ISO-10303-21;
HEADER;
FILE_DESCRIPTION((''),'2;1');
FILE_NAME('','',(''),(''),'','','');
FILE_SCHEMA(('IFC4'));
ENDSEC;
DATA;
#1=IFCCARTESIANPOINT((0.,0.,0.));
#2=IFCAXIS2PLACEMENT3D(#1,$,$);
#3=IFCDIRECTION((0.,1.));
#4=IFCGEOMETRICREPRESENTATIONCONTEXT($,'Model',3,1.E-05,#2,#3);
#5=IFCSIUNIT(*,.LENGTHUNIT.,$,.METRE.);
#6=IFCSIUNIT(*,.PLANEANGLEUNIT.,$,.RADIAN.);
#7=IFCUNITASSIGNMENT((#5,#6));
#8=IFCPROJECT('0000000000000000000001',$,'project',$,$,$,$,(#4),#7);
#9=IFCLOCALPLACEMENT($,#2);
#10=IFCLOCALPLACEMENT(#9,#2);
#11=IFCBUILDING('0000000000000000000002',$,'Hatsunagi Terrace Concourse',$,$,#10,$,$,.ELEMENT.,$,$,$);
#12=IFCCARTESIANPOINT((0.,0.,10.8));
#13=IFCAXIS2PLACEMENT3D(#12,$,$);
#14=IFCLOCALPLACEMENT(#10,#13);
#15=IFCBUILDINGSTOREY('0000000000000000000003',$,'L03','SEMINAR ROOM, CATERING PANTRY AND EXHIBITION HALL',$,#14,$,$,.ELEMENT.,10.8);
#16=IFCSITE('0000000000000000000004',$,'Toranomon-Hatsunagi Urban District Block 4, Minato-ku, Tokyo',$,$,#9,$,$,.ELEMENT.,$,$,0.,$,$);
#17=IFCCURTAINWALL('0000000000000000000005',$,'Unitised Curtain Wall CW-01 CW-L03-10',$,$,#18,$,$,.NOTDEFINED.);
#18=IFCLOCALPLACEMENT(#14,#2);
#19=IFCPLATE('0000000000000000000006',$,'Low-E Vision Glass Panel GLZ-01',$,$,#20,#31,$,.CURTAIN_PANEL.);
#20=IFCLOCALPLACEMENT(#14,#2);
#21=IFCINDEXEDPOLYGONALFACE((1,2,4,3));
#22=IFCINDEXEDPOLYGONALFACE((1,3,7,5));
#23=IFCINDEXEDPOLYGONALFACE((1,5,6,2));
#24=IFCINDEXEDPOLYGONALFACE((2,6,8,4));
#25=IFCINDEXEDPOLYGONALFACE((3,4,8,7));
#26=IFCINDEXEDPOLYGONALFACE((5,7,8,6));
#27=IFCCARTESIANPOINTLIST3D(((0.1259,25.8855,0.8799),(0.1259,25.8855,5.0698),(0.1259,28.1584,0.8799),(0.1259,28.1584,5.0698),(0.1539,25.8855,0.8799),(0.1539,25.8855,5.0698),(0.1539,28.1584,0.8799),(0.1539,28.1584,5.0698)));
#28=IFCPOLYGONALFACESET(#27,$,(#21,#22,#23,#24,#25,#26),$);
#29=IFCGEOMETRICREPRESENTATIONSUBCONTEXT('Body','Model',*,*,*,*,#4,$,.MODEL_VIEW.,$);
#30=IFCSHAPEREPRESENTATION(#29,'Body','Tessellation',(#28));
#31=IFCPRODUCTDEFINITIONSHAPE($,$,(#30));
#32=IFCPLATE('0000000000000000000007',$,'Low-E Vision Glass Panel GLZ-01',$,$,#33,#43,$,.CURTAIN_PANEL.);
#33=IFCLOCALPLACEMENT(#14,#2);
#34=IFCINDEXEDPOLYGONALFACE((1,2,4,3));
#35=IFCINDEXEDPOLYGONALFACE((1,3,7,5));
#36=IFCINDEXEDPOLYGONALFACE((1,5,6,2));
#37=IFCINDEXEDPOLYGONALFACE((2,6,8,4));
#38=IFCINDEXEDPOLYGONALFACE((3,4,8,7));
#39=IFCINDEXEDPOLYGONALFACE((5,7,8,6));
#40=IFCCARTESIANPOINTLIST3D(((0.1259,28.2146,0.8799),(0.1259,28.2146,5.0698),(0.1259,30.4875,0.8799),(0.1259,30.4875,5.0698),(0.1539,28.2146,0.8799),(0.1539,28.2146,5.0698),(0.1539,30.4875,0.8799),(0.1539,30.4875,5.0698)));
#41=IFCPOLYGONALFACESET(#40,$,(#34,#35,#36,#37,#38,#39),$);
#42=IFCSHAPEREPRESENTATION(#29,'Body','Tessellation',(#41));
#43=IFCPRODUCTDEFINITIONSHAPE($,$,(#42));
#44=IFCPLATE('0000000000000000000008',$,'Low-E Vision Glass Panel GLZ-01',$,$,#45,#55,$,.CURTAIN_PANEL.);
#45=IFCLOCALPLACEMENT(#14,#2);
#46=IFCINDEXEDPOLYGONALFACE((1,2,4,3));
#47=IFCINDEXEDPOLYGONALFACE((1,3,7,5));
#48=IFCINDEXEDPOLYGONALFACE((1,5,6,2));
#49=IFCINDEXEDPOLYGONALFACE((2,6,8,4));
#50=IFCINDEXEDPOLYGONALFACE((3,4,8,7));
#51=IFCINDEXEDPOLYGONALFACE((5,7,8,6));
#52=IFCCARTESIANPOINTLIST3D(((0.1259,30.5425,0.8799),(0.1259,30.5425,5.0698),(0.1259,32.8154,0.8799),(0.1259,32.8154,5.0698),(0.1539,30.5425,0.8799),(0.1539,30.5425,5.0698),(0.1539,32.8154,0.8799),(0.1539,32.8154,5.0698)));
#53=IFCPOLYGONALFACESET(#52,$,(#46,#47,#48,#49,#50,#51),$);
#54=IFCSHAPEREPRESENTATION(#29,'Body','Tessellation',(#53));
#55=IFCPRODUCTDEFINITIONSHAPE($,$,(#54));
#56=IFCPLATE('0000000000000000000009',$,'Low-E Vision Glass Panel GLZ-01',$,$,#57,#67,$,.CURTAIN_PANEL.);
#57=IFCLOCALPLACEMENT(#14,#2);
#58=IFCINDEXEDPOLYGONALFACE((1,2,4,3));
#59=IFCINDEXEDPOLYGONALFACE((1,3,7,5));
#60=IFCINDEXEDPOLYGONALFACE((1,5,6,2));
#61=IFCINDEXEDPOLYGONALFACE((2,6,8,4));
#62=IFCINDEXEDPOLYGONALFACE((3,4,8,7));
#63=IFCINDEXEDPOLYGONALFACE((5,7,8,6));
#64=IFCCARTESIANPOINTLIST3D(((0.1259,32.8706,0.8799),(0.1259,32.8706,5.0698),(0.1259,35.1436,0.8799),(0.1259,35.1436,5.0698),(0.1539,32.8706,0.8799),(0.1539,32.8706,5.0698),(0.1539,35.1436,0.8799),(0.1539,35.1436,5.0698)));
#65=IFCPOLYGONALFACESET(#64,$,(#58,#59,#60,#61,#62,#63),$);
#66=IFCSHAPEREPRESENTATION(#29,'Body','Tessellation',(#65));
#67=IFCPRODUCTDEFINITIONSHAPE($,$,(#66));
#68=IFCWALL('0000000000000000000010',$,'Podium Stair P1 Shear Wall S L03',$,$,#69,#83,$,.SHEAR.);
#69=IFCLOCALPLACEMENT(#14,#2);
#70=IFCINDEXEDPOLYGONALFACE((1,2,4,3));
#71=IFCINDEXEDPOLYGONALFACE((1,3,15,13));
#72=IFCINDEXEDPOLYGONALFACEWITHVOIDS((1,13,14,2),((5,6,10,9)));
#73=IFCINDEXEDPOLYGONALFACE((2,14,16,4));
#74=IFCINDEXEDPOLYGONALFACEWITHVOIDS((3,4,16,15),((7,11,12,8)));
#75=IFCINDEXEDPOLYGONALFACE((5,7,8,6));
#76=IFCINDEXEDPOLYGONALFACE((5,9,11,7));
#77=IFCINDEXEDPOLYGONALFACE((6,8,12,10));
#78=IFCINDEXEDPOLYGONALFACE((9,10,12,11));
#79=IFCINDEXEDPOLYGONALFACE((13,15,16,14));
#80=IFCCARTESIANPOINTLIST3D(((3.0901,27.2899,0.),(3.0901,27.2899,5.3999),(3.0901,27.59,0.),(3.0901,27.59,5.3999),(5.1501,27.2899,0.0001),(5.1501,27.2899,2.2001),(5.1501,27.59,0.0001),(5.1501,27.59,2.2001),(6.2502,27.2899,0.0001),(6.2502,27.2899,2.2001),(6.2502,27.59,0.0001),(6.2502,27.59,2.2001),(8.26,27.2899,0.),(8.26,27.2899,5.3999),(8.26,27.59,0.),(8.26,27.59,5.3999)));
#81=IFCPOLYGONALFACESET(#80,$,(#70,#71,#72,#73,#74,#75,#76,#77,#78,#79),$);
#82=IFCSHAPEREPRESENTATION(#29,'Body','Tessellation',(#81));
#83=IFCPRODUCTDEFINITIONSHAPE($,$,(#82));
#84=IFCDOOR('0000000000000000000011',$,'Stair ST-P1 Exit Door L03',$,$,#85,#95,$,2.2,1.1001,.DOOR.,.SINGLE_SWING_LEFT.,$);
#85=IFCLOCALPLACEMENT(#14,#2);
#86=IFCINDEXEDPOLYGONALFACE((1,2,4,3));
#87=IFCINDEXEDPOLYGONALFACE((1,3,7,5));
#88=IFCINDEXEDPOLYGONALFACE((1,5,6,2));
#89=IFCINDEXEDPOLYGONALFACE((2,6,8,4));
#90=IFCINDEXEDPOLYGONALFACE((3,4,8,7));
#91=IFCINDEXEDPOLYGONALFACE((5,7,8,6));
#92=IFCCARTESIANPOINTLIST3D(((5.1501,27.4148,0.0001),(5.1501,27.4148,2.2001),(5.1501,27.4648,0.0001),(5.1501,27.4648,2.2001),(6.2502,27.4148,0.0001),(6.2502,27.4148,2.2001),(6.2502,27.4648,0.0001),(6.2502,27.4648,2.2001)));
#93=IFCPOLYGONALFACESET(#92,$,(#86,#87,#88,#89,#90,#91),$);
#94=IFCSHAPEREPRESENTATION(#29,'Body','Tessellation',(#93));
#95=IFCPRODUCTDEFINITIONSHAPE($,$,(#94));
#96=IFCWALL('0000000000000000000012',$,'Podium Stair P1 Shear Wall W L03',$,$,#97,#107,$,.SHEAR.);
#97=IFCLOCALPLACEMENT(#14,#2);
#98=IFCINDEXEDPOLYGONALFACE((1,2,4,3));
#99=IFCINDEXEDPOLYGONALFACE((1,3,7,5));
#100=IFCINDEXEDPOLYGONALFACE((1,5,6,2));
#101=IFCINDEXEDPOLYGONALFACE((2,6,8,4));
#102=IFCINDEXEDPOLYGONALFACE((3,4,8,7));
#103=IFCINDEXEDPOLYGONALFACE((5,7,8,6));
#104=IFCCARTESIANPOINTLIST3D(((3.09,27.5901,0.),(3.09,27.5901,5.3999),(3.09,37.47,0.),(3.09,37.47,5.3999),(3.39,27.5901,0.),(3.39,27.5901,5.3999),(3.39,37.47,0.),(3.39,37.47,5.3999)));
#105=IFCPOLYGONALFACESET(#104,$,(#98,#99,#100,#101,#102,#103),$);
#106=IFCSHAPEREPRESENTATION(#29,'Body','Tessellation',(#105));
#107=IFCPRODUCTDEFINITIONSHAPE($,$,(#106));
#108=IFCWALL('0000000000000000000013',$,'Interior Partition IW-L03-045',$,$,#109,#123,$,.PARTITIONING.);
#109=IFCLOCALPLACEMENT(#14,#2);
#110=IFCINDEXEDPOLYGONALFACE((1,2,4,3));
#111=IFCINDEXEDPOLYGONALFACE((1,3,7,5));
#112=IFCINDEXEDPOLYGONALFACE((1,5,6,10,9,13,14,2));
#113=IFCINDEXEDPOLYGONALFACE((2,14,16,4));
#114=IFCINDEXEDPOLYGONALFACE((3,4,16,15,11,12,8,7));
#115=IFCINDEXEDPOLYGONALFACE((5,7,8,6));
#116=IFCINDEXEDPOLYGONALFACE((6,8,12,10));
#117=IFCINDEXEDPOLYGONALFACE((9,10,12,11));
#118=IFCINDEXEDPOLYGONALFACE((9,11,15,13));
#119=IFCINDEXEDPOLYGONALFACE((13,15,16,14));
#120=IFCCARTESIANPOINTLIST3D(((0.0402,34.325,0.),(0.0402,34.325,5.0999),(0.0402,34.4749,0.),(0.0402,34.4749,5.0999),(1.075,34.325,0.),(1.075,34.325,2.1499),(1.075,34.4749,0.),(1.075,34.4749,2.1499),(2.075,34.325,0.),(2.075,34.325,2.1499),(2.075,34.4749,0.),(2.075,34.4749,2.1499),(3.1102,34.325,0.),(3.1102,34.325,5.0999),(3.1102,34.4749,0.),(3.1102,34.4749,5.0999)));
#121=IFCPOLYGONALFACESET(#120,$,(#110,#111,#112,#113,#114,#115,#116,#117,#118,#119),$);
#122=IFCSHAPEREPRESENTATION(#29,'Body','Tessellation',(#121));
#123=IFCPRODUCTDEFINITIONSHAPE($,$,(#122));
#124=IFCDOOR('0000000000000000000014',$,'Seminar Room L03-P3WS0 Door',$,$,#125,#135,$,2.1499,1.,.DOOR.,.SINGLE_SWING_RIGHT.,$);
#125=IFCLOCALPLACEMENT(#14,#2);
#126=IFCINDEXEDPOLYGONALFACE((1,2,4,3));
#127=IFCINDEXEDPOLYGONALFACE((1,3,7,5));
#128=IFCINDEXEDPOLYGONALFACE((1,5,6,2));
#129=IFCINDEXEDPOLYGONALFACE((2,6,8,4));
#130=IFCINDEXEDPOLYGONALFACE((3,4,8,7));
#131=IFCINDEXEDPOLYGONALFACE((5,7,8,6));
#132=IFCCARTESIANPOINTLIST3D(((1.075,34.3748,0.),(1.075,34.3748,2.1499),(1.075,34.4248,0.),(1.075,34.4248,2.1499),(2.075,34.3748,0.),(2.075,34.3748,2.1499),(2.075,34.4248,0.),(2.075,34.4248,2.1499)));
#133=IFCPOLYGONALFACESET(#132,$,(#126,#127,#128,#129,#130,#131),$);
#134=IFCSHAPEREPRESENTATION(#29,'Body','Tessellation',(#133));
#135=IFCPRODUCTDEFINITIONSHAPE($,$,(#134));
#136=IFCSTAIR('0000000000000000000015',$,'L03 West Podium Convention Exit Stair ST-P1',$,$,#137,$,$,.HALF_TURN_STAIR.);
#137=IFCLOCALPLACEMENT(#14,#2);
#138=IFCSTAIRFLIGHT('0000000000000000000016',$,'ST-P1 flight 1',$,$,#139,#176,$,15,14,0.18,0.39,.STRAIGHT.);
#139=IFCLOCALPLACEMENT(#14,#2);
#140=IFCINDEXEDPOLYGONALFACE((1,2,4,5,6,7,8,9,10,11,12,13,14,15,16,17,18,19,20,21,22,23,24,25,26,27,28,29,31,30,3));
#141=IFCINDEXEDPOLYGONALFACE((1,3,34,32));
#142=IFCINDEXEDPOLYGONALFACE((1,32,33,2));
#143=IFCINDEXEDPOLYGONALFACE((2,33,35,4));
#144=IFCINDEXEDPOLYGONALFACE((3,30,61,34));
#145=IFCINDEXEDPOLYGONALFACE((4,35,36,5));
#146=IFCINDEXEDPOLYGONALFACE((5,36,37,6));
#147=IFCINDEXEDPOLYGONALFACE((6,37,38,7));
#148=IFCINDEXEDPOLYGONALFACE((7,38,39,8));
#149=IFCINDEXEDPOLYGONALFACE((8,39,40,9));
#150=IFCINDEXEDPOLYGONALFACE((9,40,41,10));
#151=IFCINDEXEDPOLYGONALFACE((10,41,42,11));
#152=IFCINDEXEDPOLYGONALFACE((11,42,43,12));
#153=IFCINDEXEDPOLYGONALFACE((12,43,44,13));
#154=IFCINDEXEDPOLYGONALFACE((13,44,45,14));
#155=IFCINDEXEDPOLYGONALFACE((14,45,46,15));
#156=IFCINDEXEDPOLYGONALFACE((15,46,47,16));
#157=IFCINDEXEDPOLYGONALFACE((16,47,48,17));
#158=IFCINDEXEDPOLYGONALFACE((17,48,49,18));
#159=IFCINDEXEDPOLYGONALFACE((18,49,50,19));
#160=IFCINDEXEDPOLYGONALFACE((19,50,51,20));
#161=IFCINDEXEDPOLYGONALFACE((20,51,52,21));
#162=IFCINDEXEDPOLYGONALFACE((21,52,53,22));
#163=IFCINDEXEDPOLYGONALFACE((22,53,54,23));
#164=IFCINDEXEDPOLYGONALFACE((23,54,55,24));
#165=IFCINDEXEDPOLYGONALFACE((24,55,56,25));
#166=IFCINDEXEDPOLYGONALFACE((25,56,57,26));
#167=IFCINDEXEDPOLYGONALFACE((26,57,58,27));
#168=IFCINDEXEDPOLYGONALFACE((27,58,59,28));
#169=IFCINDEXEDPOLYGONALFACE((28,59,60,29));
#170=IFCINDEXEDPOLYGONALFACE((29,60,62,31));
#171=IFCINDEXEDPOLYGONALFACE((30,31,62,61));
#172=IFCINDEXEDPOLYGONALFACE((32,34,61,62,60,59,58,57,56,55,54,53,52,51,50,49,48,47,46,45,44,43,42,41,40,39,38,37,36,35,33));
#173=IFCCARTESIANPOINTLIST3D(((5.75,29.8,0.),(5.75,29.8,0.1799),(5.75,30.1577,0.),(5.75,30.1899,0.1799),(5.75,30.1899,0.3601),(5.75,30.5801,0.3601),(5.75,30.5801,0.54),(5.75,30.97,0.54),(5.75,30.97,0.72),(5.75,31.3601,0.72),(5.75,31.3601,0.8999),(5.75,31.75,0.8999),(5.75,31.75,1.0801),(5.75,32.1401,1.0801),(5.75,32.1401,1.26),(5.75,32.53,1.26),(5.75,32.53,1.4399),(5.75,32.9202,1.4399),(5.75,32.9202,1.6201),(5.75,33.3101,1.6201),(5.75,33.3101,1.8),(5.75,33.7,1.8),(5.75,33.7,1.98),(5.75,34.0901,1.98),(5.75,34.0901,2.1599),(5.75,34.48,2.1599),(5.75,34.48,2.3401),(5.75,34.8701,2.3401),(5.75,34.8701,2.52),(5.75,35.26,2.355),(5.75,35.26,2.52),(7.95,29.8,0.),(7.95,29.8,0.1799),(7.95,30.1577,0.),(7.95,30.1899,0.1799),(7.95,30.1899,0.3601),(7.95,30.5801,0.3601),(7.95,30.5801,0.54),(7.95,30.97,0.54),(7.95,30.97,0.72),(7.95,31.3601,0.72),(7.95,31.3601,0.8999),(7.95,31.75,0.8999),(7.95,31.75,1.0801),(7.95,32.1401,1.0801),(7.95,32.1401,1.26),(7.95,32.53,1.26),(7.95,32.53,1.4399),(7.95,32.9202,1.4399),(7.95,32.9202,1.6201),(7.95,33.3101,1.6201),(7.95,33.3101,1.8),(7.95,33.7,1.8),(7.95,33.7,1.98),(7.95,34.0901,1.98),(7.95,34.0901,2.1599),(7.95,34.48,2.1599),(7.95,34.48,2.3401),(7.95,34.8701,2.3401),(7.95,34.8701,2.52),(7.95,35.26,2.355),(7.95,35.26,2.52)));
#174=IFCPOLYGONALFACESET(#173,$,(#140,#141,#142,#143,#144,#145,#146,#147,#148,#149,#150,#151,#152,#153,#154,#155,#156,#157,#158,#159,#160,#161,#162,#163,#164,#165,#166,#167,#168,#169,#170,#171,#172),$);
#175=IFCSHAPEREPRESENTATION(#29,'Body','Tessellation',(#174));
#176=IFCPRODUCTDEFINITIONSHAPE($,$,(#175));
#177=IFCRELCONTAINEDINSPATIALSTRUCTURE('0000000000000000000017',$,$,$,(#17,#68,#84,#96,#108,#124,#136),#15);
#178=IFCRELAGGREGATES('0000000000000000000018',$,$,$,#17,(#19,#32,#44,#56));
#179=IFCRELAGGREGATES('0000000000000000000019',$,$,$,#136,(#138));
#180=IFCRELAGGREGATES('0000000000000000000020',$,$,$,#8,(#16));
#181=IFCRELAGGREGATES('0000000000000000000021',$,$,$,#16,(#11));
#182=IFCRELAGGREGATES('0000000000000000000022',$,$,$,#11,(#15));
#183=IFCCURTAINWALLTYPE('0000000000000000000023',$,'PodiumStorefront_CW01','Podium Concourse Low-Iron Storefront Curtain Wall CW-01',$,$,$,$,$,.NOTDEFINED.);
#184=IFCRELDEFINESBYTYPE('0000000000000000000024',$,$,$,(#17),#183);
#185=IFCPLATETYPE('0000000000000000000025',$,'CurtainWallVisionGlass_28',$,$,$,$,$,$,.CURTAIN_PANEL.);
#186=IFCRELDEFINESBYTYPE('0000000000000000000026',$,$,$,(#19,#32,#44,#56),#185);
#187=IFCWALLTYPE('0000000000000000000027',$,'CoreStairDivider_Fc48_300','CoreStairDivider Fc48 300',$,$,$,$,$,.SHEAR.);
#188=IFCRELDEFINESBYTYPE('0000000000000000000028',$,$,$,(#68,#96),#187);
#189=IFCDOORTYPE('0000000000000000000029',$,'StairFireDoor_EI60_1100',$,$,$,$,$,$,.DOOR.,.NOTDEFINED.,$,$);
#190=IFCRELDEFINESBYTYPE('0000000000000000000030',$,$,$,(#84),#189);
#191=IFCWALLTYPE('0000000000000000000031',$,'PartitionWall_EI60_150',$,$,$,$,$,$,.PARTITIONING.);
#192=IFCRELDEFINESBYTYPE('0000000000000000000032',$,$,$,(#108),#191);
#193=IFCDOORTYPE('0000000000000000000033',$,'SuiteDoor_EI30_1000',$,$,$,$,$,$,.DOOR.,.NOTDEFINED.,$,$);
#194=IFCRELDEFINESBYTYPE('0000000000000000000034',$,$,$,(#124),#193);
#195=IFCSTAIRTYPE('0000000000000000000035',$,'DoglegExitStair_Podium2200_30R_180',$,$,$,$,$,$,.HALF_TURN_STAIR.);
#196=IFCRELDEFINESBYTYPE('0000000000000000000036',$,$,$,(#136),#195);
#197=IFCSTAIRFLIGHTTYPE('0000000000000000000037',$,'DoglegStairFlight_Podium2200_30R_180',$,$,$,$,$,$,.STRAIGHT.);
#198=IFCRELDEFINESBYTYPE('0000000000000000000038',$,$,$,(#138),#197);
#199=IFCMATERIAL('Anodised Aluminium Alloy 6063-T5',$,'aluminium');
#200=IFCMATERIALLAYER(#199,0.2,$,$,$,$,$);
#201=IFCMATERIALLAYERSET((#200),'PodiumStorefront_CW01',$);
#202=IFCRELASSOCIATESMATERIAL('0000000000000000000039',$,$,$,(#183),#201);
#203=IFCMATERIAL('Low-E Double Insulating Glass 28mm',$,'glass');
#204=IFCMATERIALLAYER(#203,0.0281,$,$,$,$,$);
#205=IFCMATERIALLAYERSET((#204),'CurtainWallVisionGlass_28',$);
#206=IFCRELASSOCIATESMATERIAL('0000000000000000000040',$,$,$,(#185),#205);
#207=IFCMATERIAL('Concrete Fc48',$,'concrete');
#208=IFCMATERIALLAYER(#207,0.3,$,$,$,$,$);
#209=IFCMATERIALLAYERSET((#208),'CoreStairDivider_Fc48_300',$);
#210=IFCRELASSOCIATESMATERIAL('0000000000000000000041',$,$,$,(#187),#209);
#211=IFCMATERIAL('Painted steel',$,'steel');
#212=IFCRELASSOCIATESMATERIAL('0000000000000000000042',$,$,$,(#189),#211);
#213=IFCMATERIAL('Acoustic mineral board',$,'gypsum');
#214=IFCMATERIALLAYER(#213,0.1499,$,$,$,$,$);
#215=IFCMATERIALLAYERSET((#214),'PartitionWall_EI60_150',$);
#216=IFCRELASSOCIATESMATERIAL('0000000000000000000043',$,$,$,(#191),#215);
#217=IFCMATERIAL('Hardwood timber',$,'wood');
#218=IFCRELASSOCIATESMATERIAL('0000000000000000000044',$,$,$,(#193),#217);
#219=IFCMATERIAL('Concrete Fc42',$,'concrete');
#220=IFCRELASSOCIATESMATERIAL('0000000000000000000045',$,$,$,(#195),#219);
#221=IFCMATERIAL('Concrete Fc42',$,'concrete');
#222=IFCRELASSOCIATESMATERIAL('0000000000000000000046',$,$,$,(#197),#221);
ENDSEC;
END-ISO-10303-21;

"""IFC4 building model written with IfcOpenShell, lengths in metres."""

from ifc_helpers import new_model, si_unit, direction, frame, frame_2d, origin, origin_2d, place, context, subcontext, project, spatial, polyline, rectangle, outline, extrude, material, layer, layer_set, type_object, element, fill, aggregate, save


model = new_model("IFC4")

# Units and contexts
model_context = context("Model", 3, precision=1e-05, world=origin(), true_north=direction((0.0, 1.0)))
body_context = subcontext(model_context, "Body", "Model", "MODEL_VIEW")
ifc_project = project(units=[si_unit("LENGTHUNIT", "METRE"), si_unit("PLANEANGLEUNIT", "RADIAN")], contexts=[model_context])

# Site, building, storey
site_placement = place(None, origin())
site = spatial("IfcSite", under=ifc_project, at=site_placement, Name="Toranomon-Hatsunagi Urban District Block 4, Minato-ku, Tokyo", CompositionType="ELEMENT", RefElevation=0.0)
building_placement = place(site_placement, origin())
building = spatial("IfcBuilding", under=site, at=building_placement, Name="Hatsunagi Terrace Concourse", CompositionType="ELEMENT")
storey_placement = place(building_placement, frame((0.0, 0.0, 10.8)))
storey = spatial("IfcBuildingStorey", under=building, at=storey_placement, Name="L03", Description="SEMINAR ROOM, CATERING PANTRY AND EXHIBITION HALL", CompositionType="ELEMENT", Elevation=10.8)

# Curtain wall, plates
ifc_material_1 = material(Name="Anodised Aluminium Alloy 6063-T5", Category="aluminium")
ifc_layer_1 = layer(ifc_material_1, 0.2)
ifc_layer_set_1 = layer_set([ifc_layer_1], Name="PodiumStorefront_CW01")
curtain_wall_type = type_object("IfcCurtainWallType", Name="PodiumStorefront_CW01", Description="Podium Concourse Low-Iron Storefront Curtain Wall CW-01", PredefinedType="NOTDEFINED", material=ifc_layer_set_1)
curtain_wall_placement = place(storey_placement, origin())
curtain_wall = element("IfcCurtainWall", 1, at=curtain_wall_placement, inside=storey, type_object=curtain_wall_type, Name="Unitised Curtain Wall CW-01 CW-L03-10", PredefinedType="NOTDEFINED")
ifc_material_2 = material(Name="Low-E Double Insulating Glass 28mm", Category="glass")
ifc_layer_2 = layer(ifc_material_2, 0.0281)
ifc_layer_set_2 = layer_set([ifc_layer_2], Name="CurtainWallVisionGlass_28")
plate_type_1 = type_object("IfcPlateType", Name="CurtainWallVisionGlass_28", PredefinedType="CURTAIN_PANEL", material=ifc_layer_set_2)
plate_1_placement = place(storey_placement, frame((0.1399, 27.022, 0.8799), z_axis=(0.0, 0.0, 1.0), x_axis=(0.0, 1.0, 0.0)))
plate_1 = element("IfcPlate", 2, at=plate_1_placement, type_object=plate_type_1, Name="Low-E Vision Glass Panel GLZ-01", PredefinedType="CURTAIN_PANEL", context=body_context, shape_type="SweptSolid", body=[
    extrude(rectangle(XDim=2.2729, YDim=0.0281, at=origin_2d()), origin(), (0.0, 0.0, 1.0), 4.1899),
])
plate_2_placement = place(storey_placement, frame((0.1399, 29.3511, 0.8799), z_axis=(0.0, 0.0, 1.0), x_axis=(0.0, 1.0, 0.0)))
plate_2 = element("IfcPlate", 3, at=plate_2_placement, type_object=plate_type_1, Name="Low-E Vision Glass Panel GLZ-01", PredefinedType="CURTAIN_PANEL", context=body_context, shape_type="SweptSolid", body=[
    extrude(rectangle(XDim=2.2729, YDim=0.0281, at=origin_2d()), origin(), (0.0, 0.0, 1.0), 4.1899),
])
plate_3_placement = place(storey_placement, frame((0.1399, 31.679, 0.8799), z_axis=(0.0, 0.0, 1.0), x_axis=(0.0, 1.0, 0.0)))
plate_3 = element("IfcPlate", 4, at=plate_3_placement, type_object=plate_type_1, Name="Low-E Vision Glass Panel GLZ-01", PredefinedType="CURTAIN_PANEL", context=body_context, shape_type="SweptSolid", body=[
    extrude(rectangle(XDim=2.2729, YDim=0.0281, at=origin_2d()), origin(), (0.0, 0.0, 1.0), 4.1899),
])
plate_4_placement = place(storey_placement, frame((0.1399, 34.0071, 0.8799), z_axis=(0.0, 0.0, 1.0), x_axis=(0.0, 1.0, 0.0)))
plate_4 = element("IfcPlate", 5, at=plate_4_placement, type_object=plate_type_1, Name="Low-E Vision Glass Panel GLZ-01", PredefinedType="CURTAIN_PANEL", context=body_context, shape_type="SweptSolid", body=[
    extrude(rectangle(XDim=2.2729, YDim=0.0281, at=origin_2d()), origin(), (0.0, 0.0, 1.0), 4.1899),
])
aggregate(curtain_wall, [plate_1, plate_2, plate_3, plate_4])

# Wall, opening, door
ifc_material_3 = material(Name="Concrete Fc48", Category="concrete")
ifc_layer_3 = layer(ifc_material_3, 0.3)
ifc_layer_set_3 = layer_set([ifc_layer_3], Name="CoreStairDivider_Fc48_300")
wall_type_1 = type_object("IfcWallType", Name="CoreStairDivider_Fc48_300", Description="CoreStairDivider Fc48 300", PredefinedType="SHEAR", material=ifc_layer_set_3)
wall_1_placement = place(storey_placement, frame((3.0901, 27.4399, 0.0), z_axis=(0.0, 0.0, 1.0), x_axis=(1.0, 0.0, 0.0)))
wall_1 = element("IfcWall", 6, at=wall_1_placement, inside=storey, type_object=wall_type_1, Name="Podium Stair P1 Shear Wall S L03", PredefinedType="SHEAR", context=body_context, shape_type="SweptSolid", body=[
    extrude(rectangle(XDim=5.1699, YDim=0.3, at=frame_2d((2.585, 0.0))), origin(), (0.0, 0.0, 1.0), 5.3999),
])
opening_1_placement = place(wall_1_placement, frame((2.0601, 0.0, 0.0)))
opening_1 = element("IfcOpeningElement", 7, at=opening_1_placement, cuts=wall_1, PredefinedType="OPENING", context=body_context, shape_type="SweptSolid", body=[
    extrude(rectangle(XDim=1.1001, YDim=2.2, at=frame_2d((0.55, 1.1001))), frame((0.0, 0.1599, 0.0), z_axis=(0.0, -1.0, 0.0), x_axis=(1.0, 0.0, 0.0)), (0.0, 0.0, 1.0), 0.3201),
])
ifc_material_4 = material(Name="Painted steel", Category="steel")
door_type_1 = type_object("IfcDoorType", Name="StairFireDoor_EI60_1100", OperationType="NOTDEFINED", PredefinedType="DOOR", material=ifc_material_4)
door_1_placement = place(opening_1_placement, origin())
door_1 = element("IfcDoor", 8, at=door_1_placement, inside=storey, type_object=door_type_1, Name="Stair ST-P1 Exit Door L03", OperationType="SINGLE_SWING_LEFT", OverallHeight=2.2, OverallWidth=1.1001, PredefinedType="DOOR", context=body_context, shape_type="SweptSolid", body=[
    extrude(rectangle(XDim=1.1001, YDim=2.2, at=frame_2d((0.55, 1.1001))), frame((0.0, 0.0249, 0.0), z_axis=(0.0, -1.0, 0.0), x_axis=(1.0, 0.0, 0.0)), (0.0, 0.0, 1.0), 0.05),
])
fill(opening_1, door_1)

# Wall
wall_2_placement = place(storey_placement, frame((3.24, 27.5901, 0.0), z_axis=(0.0, 0.0, 1.0), x_axis=(0.0, 1.0, 0.0)))
element("IfcWall", 9, at=wall_2_placement, inside=storey, type_object=wall_type_1, Name="Podium Stair P1 Shear Wall W L03", PredefinedType="SHEAR", context=body_context, shape_type="SweptSolid", body=[
    extrude(rectangle(XDim=9.8799, YDim=0.3, at=frame_2d((4.9399, 0.0))), origin(), (0.0, 0.0, 1.0), 5.3999),
])

# Wall, opening, door
ifc_material_5 = material(Name="Acoustic mineral board", Category="gypsum")
ifc_layer_4 = layer(ifc_material_5, 0.1499)
ifc_layer_set_4 = layer_set([ifc_layer_4], Name="PartitionWall_EI60_150")
wall_type_2 = type_object("IfcWallType", Name="PartitionWall_EI60_150", PredefinedType="PARTITIONING", material=ifc_layer_set_4)
wall_3_placement = place(storey_placement, frame((0.04, 34.3999, 0.0), z_axis=(0.0, 0.0, 1.0), x_axis=(1.0, 0.0, 0.0)))
wall_3 = element("IfcWall", 10, at=wall_3_placement, inside=storey, type_object=wall_type_2, Name="Interior Partition IW-L03-045", PredefinedType="PARTITIONING", context=body_context, shape_type="SweptSolid", body=[
    extrude(rectangle(XDim=3.0701, YDim=0.1499, at=frame_2d((1.5352, 0.0))), origin(), (0.0, 0.0, 1.0), 5.0999),
])
opening_2_placement = place(wall_3_placement, frame((1.0349, 0.0, 0.0)))
opening_2 = element("IfcOpeningElement", 11, at=opening_2_placement, cuts=wall_3, PredefinedType="OPENING", context=body_context, shape_type="SweptSolid", body=[
    extrude(rectangle(XDim=1.0, YDim=2.1499, at=frame_2d((0.5, 1.075))), frame((0.0, 0.085, 0.0), z_axis=(0.0, -1.0, 0.0), x_axis=(1.0, 0.0, 0.0)), (0.0, 0.0, 1.0), 0.1699),
])
ifc_material_6 = material(Name="Hardwood timber", Category="wood")
door_type_2 = type_object("IfcDoorType", Name="SuiteDoor_EI30_1000", OperationType="NOTDEFINED", PredefinedType="DOOR", material=ifc_material_6)
door_2_placement = place(opening_2_placement, origin())
door_2 = element("IfcDoor", 12, at=door_2_placement, inside=storey, type_object=door_type_2, Name="Seminar Room L03-P3WS0 Door", OperationType="SINGLE_SWING_RIGHT", OverallHeight=2.1499, OverallWidth=1.0, PredefinedType="DOOR", context=body_context, shape_type="SweptSolid", body=[
    extrude(rectangle(XDim=1.0, YDim=2.1499, at=frame_2d((0.5, 1.075))), frame((0.0, 0.0249, 0.0), z_axis=(0.0, -1.0, 0.0), x_axis=(1.0, 0.0, 0.0)), (0.0, 0.0, 1.0), 0.05),
])
fill(opening_2, door_2)

# Stair, stair flight
ifc_material_7 = material(Name="Concrete Fc42", Category="concrete")
stair_type = type_object("IfcStairType", Name="DoglegExitStair_Podium2200_30R_180", PredefinedType="HALF_TURN_STAIR", material=ifc_material_7)
stair_placement = place(storey_placement, origin())
stair = element("IfcStair", 13, at=stair_placement, inside=storey, type_object=stair_type, Name="L03 West Podium Convention Exit Stair ST-P1", PredefinedType="HALF_TURN_STAIR")
ifc_material_8 = material(Name="Concrete Fc42", Category="concrete")
stair_flight_type = type_object("IfcStairFlightType", Name="DoglegStairFlight_Podium2200_30R_180", PredefinedType="STRAIGHT", material=ifc_material_8)
stair_flight_1_placement = place(storey_placement, frame((6.8501, 29.8, 0.0), z_axis=(0.0, 0.0, 1.0), x_axis=(0.0, 1.0, 0.0)))
stair_flight_1 = element("IfcStairFlight", 14, at=stair_flight_1_placement, type_object=stair_flight_type, Name="ST-P1 flight 1", NumberOfRisers=15, NumberOfTreads=14, PredefinedType="STRAIGHT", RiserHeight=0.18, TreadLength=0.39, context=body_context, shape_type="SweptSolid", body=[
    extrude(outline(polyline([(0.0, 0.0), (0.0, 0.1799), (0.3899, 0.1799), (0.3899, 0.3601), (0.78, 0.3601), (0.78, 0.54), (1.1699, 0.54), (1.1699, 0.72), (1.5601, 0.72), (1.5601, 0.8999), (1.95, 0.8999), (1.95, 1.0801), (2.3401, 1.0801), (2.3401, 1.26), (2.73, 1.26), (2.73, 1.4399), (3.1201, 1.4399), (3.1201, 1.6201), (3.51, 1.6201), (3.51, 1.8), (3.8999, 1.8), (3.8999, 1.98), (4.29, 1.98), (4.29, 2.1599), (4.6799, 2.1599), (4.6799, 2.3401), (5.0701, 2.3401), (5.0701, 2.52), (5.46, 2.52), (5.46, 2.7), (5.46, 2.355), (0.3577, 0.0), (0.0, 0.0)])), frame((0.0, 1.1001, 0.0), z_axis=(0.0, -1.0, 0.0), x_axis=(1.0, 0.0, 0.0)), (0.0, 0.0, 1.0), 2.2),
])
aggregate(stair, [stair_flight_1])

save(model, "model.ifc")
